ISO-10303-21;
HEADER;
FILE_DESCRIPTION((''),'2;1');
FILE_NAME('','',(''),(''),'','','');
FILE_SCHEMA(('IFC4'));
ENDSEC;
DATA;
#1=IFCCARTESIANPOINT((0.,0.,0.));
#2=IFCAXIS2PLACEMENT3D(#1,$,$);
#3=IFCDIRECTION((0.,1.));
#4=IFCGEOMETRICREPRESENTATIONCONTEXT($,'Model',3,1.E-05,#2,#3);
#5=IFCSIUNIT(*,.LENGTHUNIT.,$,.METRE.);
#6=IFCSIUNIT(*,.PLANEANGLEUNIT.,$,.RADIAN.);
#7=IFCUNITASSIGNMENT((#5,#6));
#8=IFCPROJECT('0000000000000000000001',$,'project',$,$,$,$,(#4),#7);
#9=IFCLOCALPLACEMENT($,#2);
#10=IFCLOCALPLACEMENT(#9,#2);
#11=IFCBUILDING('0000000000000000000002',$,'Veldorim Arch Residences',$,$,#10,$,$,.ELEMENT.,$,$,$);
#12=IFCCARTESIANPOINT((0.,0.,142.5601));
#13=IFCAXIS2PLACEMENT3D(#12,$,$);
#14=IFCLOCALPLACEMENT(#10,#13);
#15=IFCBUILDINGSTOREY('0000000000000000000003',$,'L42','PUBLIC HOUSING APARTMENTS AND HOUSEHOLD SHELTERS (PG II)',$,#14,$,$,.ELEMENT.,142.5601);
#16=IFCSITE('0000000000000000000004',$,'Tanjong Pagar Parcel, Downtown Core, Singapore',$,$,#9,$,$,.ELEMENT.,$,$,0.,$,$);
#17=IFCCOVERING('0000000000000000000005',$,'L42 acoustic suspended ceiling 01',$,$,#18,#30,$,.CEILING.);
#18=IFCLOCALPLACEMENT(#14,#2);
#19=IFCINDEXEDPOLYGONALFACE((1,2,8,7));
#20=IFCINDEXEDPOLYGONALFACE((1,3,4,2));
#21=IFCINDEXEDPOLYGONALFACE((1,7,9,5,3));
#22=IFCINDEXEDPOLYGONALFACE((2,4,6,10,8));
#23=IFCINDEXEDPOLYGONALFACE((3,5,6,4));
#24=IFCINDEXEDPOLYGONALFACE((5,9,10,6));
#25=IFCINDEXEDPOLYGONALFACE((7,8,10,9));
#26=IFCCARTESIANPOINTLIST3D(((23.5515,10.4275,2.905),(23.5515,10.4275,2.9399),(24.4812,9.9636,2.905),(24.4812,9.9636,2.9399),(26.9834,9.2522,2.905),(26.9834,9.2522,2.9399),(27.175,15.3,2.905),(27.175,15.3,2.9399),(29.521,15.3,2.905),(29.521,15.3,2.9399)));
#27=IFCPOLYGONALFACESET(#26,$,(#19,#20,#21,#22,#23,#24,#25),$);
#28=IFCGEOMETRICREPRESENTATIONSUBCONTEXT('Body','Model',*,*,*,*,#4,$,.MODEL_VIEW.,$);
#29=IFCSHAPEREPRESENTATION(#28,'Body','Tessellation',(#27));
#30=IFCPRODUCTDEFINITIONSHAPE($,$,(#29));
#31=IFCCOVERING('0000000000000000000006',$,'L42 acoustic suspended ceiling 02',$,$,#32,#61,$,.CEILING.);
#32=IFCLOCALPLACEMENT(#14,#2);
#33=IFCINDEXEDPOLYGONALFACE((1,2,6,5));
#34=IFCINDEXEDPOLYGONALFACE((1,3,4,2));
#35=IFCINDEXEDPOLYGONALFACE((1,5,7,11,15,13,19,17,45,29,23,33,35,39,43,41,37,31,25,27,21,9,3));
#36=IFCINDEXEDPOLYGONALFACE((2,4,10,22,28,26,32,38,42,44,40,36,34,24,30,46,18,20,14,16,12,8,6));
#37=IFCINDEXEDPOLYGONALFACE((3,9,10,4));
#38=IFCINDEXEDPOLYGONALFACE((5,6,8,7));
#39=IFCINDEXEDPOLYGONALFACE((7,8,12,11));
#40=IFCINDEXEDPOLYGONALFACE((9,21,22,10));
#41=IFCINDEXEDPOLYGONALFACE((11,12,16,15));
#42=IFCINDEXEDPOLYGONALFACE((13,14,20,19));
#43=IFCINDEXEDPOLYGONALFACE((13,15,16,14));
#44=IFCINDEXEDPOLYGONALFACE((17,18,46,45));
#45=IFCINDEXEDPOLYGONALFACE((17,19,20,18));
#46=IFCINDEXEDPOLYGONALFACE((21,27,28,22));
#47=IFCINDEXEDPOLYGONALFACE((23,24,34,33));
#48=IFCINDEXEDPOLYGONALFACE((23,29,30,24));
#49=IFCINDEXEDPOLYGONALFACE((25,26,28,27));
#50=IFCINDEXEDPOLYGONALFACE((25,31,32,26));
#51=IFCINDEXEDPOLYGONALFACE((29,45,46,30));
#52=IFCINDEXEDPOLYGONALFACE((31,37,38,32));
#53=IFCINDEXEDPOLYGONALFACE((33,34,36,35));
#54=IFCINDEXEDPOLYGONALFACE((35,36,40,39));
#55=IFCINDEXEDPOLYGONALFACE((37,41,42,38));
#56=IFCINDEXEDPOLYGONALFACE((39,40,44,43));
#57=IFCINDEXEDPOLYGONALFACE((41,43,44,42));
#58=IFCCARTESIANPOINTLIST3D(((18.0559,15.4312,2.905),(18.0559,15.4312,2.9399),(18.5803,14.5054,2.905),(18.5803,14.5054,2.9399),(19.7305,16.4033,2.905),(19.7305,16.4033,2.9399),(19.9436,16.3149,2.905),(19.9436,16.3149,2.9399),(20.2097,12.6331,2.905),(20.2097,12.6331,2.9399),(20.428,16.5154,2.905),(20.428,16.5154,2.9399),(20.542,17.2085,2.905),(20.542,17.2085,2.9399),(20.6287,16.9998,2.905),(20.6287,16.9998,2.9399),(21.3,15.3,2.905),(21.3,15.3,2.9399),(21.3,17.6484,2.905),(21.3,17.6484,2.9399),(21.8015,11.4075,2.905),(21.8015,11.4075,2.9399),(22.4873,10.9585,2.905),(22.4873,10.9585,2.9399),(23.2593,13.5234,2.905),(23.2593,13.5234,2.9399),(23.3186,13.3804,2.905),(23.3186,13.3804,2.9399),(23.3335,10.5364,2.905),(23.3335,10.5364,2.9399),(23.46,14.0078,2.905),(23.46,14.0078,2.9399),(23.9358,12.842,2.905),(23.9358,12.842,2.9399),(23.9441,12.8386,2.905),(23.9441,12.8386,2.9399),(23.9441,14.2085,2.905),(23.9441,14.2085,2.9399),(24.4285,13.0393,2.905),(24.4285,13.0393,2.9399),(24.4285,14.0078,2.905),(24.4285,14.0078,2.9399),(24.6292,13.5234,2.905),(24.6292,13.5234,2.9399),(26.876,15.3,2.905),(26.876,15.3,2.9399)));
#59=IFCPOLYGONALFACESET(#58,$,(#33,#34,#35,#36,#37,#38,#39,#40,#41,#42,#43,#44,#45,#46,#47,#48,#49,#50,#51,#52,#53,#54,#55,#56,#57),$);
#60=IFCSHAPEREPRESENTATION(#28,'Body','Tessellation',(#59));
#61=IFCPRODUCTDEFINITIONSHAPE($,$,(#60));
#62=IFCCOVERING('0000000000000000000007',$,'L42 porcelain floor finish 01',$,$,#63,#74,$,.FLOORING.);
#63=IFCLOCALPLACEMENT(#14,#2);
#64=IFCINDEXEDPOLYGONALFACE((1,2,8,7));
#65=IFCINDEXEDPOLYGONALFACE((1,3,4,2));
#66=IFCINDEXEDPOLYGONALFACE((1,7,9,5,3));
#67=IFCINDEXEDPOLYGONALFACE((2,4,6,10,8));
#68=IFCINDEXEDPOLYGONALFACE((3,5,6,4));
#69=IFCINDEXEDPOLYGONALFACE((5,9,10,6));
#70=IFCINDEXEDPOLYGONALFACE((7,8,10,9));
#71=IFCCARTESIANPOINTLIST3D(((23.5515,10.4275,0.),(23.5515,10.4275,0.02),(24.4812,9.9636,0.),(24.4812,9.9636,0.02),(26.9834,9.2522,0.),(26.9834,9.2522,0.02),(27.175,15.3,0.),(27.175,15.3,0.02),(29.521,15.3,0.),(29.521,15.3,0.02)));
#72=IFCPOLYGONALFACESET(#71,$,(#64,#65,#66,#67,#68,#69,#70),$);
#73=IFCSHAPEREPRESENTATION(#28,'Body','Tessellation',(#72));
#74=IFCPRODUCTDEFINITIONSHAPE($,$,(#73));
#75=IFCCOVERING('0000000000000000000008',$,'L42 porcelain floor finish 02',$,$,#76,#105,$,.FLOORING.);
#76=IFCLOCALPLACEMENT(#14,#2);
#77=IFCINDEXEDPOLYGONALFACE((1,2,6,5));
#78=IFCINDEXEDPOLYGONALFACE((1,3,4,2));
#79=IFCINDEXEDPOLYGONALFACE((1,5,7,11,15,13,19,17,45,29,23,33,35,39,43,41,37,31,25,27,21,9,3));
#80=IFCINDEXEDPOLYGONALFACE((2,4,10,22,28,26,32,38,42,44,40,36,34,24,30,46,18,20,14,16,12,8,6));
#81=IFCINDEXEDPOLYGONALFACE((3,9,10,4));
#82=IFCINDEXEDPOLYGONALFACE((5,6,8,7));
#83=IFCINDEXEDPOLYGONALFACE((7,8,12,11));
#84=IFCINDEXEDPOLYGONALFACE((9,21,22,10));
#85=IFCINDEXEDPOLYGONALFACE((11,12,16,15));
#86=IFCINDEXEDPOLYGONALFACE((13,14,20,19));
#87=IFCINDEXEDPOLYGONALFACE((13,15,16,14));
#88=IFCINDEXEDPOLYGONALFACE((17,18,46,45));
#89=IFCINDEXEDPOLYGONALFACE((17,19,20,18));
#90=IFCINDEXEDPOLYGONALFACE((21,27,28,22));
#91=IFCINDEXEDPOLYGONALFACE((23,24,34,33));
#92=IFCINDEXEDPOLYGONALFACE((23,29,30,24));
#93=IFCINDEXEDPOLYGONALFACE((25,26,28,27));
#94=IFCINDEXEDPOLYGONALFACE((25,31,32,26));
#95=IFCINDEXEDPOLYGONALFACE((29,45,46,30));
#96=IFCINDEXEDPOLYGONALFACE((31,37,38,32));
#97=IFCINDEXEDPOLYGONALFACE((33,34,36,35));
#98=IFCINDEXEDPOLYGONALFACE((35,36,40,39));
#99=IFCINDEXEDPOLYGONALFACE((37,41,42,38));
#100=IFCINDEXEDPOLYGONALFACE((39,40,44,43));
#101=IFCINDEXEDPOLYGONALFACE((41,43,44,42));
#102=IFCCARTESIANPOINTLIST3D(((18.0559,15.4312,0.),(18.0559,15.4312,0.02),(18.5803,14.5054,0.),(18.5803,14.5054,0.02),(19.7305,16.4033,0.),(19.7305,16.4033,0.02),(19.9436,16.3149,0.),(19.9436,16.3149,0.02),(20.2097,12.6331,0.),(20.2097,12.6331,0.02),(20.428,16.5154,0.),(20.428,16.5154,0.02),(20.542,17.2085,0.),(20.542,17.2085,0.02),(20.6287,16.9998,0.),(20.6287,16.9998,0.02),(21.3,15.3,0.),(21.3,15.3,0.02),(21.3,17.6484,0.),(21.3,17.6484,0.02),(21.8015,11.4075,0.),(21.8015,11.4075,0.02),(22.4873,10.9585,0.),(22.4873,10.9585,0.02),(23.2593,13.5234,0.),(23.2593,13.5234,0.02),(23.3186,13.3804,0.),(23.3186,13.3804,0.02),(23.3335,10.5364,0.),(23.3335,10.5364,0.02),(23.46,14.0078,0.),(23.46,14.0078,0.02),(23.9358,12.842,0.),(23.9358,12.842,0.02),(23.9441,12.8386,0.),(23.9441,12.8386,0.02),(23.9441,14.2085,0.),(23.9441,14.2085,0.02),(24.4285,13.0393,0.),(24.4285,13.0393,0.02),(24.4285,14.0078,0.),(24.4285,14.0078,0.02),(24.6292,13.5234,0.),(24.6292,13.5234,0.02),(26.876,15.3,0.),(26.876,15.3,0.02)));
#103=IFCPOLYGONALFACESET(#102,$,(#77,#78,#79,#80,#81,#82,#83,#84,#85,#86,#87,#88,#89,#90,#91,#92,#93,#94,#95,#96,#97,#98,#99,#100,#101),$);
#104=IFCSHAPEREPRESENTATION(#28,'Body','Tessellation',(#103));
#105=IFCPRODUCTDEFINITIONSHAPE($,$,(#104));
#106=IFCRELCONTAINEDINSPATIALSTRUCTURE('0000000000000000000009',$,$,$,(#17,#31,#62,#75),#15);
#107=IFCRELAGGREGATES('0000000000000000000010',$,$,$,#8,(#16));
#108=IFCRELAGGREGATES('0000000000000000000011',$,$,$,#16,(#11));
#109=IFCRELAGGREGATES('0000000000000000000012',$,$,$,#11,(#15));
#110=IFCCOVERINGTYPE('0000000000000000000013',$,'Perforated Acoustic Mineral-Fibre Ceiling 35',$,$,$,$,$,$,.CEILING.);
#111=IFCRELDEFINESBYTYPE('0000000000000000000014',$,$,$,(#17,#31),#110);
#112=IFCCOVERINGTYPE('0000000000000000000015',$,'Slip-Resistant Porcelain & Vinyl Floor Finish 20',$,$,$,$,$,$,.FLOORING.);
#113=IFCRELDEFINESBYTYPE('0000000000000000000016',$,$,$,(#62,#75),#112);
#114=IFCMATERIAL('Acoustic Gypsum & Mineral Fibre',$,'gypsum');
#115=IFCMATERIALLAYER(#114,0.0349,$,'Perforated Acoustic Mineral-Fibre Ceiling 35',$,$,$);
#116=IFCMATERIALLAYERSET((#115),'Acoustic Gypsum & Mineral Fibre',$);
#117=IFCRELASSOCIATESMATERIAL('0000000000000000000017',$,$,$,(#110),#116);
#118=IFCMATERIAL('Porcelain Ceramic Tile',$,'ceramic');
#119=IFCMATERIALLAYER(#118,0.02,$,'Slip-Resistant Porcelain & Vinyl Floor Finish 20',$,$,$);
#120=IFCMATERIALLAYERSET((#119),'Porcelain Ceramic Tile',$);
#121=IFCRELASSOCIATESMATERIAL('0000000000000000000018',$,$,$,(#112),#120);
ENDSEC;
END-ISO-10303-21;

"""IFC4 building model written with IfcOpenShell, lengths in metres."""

from ifc_helpers import new_model, si_unit, direction, frame, origin, place, context, subcontext, project, spatial, polyline, outline, extrude, material, layer, layer_set, type_object, element, save


model = new_model("IFC4")

# Units and contexts
model_context = context("Model", 3, precision=1e-05, world=origin(), true_north=direction((0.0, 1.0)))
body_context = subcontext(model_context, "Body", "Model", "MODEL_VIEW")
ifc_project = project(units=[si_unit("LENGTHUNIT", "METRE"), si_unit("PLANEANGLEUNIT", "RADIAN")], contexts=[model_context])

# Site, building, storey
site_placement = place(None, origin())
site = spatial("IfcSite", under=ifc_project, at=site_placement, Name="Tanjong Pagar Parcel, Downtown Core, Singapore", CompositionType="ELEMENT", RefElevation=0.0)
building_placement = place(site_placement, origin())
building = spatial("IfcBuilding", under=site, at=building_placement, Name="Veldorim Arch Residences", CompositionType="ELEMENT")
storey_placement = place(building_placement, frame((0.0, 0.0, 142.5601)))
storey = spatial("IfcBuildingStorey", under=building, at=storey_placement, Name="L42", Description="PUBLIC HOUSING APARTMENTS AND HOUSEHOLD SHELTERS (PG II)", CompositionType="ELEMENT", Elevation=142.5601)

# Coverings
ifc_material_1 = material(Name="Acoustic Gypsum & Mineral Fibre", Category="gypsum")
ifc_layer_1 = layer(ifc_material_1, 0.0349, Name="Perforated Acoustic Mineral-Fibre Ceiling 35")
ifc_layer_set_1 = layer_set([ifc_layer_1], Name="Acoustic Gypsum & Mineral Fibre")
covering_type_1 = type_object("IfcCoveringType", Name="Perforated Acoustic Mineral-Fibre Ceiling 35", PredefinedType="CEILING", material=ifc_layer_set_1)
covering_1_placement = place(storey_placement, frame((0.0, 0.0, 2.905)))
element("IfcCovering", 1, at=covering_1_placement, inside=storey, type_object=covering_type_1, Name="L42 acoustic suspended ceiling 01", PredefinedType="CEILING", context=body_context, shape_type="SweptSolid", body=[
    extrude(outline(polyline([(27.175, 15.3), (29.521, 15.3), (26.9834, 9.2522), (24.4812, 9.9636), (23.5515, 10.4275), (27.175, 15.3)])), origin(), (0.0, 0.0, 1.0), 0.0349),
])
covering_2_placement = place(storey_placement, frame((0.0, 0.0, 2.905)))
element("IfcCovering", 2, at=covering_2_placement, inside=storey, type_object=covering_type_1, Name="L42 acoustic suspended ceiling 02", PredefinedType="CEILING", context=body_context, shape_type="SweptSolid", body=[
    extrude(outline(polyline([(23.9441, 12.8386), (24.4285, 13.0393), (24.6292, 13.5234), (24.4285, 14.0078), (23.9441, 14.2085), (23.46, 14.0078), (23.2593, 13.5234), (23.3186, 13.3804), (21.8015, 11.4075), (20.2097, 12.6331), (18.5803, 14.5054), (18.0559, 15.4312), (19.7305, 16.4033), (19.9436, 16.3149), (20.428, 16.5154), (20.6287, 16.9998), (20.542, 17.2085), (21.3, 17.6484), (21.3, 15.3), (26.876, 15.3), (23.3335, 10.5364), (22.4873, 10.9585), (23.9358, 12.842), (23.9441, 12.8386)])), origin(), (0.0, 0.0, 1.0), 0.0349),
])
ifc_material_2 = material(Name="Porcelain Ceramic Tile", Category="ceramic")
ifc_layer_2 = layer(ifc_material_2, 0.02, Name="Slip-Resistant Porcelain & Vinyl Floor Finish 20")
ifc_layer_set_2 = layer_set([ifc_layer_2], Name="Porcelain Ceramic Tile")
covering_type_2 = type_object("IfcCoveringType", Name="Slip-Resistant Porcelain & Vinyl Floor Finish 20", PredefinedType="FLOORING", material=ifc_layer_set_2)
covering_3_placement = place(storey_placement, origin())
element("IfcCovering", 3, at=covering_3_placement, inside=storey, type_object=covering_type_2, Name="L42 porcelain floor finish 01", PredefinedType="FLOORING", context=body_context, shape_type="SweptSolid", body=[
    extrude(outline(polyline([(27.175, 15.3), (29.521, 15.3), (26.9834, 9.2522), (24.4812, 9.9636), (23.5515, 10.4275), (27.175, 15.3)])), origin(), (0.0, 0.0, 1.0), 0.02),
])
covering_4_placement = place(storey_placement, origin())
element("IfcCovering", 4, at=covering_4_placement, inside=storey, type_object=covering_type_2, Name="L42 porcelain floor finish 02", PredefinedType="FLOORING", context=body_context, shape_type="SweptSolid", body=[
    extrude(outline(polyline([(23.9441, 12.8386), (24.4285, 13.0393), (24.6292, 13.5234), (24.4285, 14.0078), (23.9441, 14.2085), (23.46, 14.0078), (23.2593, 13.5234), (23.3186, 13.3804), (21.8015, 11.4075), (20.2097, 12.6331), (18.5803, 14.5054), (18.0559, 15.4312), (19.7305, 16.4033), (19.9436, 16.3149), (20.428, 16.5154), (20.6287, 16.9998), (20.542, 17.2085), (21.3, 17.6484), (21.3, 15.3), (26.876, 15.3), (23.3335, 10.5364), (22.4873, 10.9585), (23.9358, 12.842), (23.9441, 12.8386)])), origin(), (0.0, 0.0, 1.0), 0.02),
])

save(model, "model.ifc")
